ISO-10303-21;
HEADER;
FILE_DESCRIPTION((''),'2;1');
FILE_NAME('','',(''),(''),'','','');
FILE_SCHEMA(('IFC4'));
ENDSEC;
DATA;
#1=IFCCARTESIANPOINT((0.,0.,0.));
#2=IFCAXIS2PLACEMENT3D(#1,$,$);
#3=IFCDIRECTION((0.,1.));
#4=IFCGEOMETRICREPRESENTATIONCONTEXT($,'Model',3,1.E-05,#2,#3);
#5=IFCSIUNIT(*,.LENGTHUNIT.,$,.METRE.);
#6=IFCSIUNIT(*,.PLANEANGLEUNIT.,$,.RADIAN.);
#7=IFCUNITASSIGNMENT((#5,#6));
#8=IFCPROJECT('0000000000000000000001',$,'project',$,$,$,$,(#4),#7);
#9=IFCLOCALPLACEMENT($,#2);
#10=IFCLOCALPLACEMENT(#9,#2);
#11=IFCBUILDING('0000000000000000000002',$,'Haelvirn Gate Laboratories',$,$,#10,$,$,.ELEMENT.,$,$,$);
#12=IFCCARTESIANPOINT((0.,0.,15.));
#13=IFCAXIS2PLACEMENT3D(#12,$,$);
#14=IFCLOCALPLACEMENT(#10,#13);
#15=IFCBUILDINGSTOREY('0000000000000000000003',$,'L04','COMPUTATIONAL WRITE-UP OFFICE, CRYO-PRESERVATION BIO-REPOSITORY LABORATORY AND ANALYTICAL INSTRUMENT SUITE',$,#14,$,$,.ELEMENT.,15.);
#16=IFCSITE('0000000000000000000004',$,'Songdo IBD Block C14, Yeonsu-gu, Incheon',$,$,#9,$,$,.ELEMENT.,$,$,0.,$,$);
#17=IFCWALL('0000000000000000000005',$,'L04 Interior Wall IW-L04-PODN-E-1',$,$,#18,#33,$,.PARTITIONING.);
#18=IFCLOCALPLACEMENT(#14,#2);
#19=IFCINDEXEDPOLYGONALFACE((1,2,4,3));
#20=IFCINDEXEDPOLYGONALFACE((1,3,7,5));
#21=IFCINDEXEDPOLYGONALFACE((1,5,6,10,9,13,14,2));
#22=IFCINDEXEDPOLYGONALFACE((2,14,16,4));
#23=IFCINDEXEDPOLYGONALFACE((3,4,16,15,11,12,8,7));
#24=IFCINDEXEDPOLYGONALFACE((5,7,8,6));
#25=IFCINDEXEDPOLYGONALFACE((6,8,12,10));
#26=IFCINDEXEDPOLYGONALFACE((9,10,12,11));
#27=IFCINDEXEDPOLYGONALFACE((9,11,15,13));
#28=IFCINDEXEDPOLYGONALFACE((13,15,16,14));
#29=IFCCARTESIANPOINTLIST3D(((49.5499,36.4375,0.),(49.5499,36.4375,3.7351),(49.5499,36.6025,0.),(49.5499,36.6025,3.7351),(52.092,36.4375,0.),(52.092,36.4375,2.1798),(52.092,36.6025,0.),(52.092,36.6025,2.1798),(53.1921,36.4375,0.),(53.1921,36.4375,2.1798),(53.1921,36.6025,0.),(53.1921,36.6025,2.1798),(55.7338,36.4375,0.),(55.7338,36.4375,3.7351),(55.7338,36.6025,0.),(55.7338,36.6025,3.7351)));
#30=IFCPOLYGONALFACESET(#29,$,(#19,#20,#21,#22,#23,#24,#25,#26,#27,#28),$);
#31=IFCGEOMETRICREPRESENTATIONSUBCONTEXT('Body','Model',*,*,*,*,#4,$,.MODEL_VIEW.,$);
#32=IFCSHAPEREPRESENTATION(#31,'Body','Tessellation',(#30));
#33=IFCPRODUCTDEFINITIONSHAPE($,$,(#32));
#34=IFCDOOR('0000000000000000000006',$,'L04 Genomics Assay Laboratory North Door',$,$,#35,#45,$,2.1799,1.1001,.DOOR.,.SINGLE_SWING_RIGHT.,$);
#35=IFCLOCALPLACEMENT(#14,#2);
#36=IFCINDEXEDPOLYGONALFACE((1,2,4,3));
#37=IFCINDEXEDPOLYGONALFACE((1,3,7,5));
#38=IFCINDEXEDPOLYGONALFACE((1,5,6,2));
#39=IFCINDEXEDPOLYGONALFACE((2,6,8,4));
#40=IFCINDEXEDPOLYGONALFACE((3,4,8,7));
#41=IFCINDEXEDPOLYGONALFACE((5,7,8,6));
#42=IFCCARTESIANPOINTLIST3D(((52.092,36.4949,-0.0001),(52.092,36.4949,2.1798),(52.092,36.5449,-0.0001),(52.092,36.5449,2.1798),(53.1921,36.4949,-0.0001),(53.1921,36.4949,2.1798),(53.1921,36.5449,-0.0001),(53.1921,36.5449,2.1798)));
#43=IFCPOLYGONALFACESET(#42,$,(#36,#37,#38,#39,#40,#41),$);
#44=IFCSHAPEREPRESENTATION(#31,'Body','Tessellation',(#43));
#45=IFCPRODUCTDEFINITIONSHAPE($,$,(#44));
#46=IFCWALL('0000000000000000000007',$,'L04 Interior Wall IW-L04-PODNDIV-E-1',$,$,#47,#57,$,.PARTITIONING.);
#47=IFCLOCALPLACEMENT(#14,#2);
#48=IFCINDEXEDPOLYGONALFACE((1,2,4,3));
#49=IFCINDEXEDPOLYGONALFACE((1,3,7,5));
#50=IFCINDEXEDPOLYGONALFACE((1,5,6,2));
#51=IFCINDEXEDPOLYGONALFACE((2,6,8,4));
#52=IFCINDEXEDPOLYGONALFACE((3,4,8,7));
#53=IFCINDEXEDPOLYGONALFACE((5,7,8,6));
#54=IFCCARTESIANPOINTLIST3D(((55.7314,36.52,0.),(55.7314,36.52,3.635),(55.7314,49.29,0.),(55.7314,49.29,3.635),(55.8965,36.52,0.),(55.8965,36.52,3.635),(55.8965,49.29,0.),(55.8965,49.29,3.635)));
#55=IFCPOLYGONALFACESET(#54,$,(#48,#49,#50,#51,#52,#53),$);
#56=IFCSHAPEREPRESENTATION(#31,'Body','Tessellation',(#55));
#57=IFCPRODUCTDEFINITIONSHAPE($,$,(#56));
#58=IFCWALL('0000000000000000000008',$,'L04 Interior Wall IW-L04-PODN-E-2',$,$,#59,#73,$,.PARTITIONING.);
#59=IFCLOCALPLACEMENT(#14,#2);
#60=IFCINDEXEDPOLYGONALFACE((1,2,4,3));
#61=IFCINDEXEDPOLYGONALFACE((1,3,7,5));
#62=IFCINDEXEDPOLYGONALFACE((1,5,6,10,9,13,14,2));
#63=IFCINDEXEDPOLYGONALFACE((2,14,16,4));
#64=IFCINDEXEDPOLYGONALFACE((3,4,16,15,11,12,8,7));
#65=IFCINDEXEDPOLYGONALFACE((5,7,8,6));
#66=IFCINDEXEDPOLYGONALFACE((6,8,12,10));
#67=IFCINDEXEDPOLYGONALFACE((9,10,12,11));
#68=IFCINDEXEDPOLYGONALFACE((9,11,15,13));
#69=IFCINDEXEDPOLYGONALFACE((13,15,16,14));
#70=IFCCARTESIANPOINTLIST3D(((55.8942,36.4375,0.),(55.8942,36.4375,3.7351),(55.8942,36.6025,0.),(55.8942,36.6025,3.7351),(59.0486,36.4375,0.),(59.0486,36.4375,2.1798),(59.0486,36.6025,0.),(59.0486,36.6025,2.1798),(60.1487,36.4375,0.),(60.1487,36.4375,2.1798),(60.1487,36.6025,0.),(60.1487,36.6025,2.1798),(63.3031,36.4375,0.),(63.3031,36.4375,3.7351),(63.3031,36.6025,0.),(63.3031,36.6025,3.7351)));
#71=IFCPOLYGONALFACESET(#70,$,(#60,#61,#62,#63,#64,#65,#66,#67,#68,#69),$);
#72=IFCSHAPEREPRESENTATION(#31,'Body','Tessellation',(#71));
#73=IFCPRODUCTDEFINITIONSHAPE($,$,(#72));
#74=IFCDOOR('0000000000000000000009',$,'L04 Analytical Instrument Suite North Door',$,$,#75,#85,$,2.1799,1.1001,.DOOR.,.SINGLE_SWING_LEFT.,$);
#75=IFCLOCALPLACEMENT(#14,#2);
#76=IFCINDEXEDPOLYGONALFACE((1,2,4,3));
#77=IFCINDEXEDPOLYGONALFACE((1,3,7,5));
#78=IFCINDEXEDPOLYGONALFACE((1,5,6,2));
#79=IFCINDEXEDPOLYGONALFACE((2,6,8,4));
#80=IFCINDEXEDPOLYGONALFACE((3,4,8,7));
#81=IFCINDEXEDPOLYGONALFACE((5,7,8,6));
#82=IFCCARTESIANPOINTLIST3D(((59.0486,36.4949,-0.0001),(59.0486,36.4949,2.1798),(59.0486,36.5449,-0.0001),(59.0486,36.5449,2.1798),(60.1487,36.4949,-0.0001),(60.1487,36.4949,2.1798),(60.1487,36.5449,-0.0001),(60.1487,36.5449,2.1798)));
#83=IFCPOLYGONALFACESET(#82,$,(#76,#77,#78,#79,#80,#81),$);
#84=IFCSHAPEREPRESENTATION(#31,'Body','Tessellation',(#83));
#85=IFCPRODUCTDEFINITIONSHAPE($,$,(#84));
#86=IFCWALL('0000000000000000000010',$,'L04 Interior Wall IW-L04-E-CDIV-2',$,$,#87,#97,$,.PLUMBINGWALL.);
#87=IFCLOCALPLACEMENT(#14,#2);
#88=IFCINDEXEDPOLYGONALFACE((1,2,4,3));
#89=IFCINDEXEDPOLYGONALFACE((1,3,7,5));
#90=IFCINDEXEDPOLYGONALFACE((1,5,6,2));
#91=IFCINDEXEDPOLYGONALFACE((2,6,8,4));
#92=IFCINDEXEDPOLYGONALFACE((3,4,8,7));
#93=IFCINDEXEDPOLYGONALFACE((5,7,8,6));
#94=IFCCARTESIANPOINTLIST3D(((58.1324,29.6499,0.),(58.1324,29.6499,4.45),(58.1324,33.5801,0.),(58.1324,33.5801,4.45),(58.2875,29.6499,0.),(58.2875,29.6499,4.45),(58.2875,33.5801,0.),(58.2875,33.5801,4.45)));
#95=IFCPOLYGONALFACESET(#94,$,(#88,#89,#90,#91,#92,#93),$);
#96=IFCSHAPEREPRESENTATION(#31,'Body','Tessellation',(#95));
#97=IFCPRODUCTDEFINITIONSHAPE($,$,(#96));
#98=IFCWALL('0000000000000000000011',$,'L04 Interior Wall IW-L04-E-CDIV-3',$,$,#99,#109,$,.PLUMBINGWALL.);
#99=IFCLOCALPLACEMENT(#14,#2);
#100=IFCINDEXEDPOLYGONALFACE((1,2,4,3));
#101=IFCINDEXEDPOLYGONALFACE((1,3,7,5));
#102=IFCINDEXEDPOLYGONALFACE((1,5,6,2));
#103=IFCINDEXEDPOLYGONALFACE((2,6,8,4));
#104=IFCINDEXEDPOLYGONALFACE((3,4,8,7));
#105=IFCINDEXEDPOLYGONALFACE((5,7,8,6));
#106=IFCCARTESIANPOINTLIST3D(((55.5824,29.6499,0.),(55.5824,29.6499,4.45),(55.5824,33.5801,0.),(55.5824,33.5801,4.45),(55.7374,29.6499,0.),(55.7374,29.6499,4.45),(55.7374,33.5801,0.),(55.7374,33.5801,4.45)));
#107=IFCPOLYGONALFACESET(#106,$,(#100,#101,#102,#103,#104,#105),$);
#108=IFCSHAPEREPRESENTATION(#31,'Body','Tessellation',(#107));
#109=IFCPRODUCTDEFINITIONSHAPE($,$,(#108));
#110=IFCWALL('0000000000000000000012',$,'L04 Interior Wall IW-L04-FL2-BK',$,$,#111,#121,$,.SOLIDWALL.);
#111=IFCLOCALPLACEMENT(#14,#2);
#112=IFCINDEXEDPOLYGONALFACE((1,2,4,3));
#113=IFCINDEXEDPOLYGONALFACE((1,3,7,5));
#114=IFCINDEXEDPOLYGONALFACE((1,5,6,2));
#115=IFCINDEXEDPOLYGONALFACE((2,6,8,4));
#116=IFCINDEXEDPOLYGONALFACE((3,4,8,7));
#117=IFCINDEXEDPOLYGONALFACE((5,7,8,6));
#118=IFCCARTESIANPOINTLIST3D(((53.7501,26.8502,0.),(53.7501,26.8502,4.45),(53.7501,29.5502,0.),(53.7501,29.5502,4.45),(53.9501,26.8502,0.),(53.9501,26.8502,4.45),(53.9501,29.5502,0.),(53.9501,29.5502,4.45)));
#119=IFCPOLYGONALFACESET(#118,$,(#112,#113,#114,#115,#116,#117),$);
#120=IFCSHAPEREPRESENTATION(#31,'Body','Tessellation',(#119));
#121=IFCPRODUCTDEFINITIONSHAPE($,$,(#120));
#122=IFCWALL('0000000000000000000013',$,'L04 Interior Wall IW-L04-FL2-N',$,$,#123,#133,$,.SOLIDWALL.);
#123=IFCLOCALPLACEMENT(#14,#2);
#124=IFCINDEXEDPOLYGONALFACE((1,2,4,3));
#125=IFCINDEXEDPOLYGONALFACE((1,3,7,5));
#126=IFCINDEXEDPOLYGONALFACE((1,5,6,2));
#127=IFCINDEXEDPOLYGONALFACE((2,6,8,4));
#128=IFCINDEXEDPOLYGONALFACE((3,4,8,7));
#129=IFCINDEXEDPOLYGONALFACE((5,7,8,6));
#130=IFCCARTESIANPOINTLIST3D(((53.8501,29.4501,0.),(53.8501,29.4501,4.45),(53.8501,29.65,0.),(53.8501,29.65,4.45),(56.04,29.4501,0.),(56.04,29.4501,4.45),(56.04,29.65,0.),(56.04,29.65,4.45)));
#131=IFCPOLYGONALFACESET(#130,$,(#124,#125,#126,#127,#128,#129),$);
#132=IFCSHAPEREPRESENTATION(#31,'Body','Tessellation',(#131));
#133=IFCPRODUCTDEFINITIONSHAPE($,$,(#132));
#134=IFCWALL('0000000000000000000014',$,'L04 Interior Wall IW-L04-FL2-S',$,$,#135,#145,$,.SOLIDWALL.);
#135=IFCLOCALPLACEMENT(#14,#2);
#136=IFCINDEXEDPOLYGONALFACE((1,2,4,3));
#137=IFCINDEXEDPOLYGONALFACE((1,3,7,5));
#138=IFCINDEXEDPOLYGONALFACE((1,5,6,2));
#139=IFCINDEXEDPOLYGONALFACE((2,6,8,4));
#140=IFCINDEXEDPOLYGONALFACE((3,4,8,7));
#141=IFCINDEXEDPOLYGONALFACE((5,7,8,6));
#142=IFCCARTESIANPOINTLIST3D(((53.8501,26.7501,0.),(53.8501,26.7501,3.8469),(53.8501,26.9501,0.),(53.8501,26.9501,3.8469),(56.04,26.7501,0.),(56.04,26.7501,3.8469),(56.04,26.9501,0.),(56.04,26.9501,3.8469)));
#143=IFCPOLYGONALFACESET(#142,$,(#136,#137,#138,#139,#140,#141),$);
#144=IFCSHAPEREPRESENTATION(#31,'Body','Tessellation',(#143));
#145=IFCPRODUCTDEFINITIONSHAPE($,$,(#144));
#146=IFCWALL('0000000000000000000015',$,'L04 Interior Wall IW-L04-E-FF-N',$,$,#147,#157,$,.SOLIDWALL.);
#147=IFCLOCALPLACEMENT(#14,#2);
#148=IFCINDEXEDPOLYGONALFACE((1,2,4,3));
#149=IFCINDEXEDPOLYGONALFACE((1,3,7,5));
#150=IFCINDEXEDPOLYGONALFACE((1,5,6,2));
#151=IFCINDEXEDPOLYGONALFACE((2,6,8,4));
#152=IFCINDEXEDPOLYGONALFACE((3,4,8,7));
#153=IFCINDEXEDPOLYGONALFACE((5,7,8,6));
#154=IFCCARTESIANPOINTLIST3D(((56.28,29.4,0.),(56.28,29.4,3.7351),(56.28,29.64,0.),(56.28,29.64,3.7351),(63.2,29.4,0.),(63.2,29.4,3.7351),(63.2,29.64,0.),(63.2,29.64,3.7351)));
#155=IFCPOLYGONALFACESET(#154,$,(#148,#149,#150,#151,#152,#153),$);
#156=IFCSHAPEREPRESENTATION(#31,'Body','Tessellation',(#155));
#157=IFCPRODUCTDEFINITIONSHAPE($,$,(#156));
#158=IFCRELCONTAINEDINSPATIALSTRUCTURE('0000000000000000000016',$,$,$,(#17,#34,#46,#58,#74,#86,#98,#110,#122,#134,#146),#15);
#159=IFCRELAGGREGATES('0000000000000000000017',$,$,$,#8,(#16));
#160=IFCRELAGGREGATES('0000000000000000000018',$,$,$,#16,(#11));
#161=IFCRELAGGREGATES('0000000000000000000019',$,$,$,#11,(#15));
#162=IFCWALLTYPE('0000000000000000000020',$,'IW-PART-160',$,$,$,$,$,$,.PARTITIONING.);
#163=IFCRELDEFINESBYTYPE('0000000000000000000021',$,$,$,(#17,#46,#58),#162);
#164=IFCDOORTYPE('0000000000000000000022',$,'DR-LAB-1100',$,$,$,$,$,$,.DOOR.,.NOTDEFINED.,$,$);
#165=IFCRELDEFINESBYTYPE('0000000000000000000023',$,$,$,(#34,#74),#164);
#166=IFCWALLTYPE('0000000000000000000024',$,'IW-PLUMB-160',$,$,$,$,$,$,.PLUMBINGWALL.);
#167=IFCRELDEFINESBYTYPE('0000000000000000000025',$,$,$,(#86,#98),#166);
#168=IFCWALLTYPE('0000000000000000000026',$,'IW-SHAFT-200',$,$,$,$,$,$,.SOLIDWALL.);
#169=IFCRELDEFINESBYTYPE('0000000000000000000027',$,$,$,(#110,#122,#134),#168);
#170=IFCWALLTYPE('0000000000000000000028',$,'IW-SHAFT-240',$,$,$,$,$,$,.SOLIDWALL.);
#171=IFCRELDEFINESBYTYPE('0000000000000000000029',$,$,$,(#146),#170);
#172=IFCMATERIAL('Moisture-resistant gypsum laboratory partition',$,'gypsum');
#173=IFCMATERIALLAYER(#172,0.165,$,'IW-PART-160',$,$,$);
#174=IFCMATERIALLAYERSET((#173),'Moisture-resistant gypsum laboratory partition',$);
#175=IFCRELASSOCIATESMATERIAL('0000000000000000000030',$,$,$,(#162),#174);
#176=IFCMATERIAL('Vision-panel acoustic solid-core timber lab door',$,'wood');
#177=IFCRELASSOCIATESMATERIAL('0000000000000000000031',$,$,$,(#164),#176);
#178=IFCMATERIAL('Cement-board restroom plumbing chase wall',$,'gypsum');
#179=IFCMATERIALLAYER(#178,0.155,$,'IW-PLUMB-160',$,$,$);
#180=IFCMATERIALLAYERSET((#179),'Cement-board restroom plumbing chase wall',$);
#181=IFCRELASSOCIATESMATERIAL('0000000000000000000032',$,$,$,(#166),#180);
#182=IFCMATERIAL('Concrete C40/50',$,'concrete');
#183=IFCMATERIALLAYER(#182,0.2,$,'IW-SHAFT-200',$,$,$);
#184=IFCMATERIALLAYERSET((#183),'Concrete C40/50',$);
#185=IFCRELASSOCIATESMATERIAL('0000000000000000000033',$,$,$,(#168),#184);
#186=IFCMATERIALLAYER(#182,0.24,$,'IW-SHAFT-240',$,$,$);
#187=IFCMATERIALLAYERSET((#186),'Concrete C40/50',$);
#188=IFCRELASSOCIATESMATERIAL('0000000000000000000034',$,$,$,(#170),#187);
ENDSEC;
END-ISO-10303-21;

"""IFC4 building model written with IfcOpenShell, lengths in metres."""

from ifc_helpers import new_model, si_unit, direction, frame, frame_2d, origin, place, context, subcontext, project, spatial, rectangle, extrude, source, transform, mapped, material, layer, layer_set, type_object, type_shapes, element, fill, save


model = new_model("IFC4")

# Units and contexts
model_context = context("Model", 3, precision=1e-05, world=origin(), true_north=direction((0.0, 1.0)))
body_context = subcontext(model_context, "Body", "Model", "MODEL_VIEW")
ifc_project = project(units=[si_unit("LENGTHUNIT", "METRE"), si_unit("PLANEANGLEUNIT", "RADIAN")], contexts=[model_context])

# Site, building, storey
site_placement = place(None, origin())
site = spatial("IfcSite", under=ifc_project, at=site_placement, Name="Songdo IBD Block C14, Yeonsu-gu, Incheon", CompositionType="ELEMENT", RefElevation=0.0)
building_placement = place(site_placement, origin())
building = spatial("IfcBuilding", under=site, at=building_placement, Name="Haelvirn Gate Laboratories", CompositionType="ELEMENT")
storey_placement = place(building_placement, frame((0.0, 0.0, 15.0)))
storey = spatial("IfcBuildingStorey", under=building, at=storey_placement, Name="L04", Description="COMPUTATIONAL WRITE-UP OFFICE, CRYO-PRESERVATION BIO-REPOSITORY LABORATORY AND ANALYTICAL INSTRUMENT SUITE", CompositionType="ELEMENT", Elevation=15.0)

# Wall, opening, door
ifc_material_1 = material(Name="Moisture-resistant gypsum laboratory partition", Category="gypsum")
ifc_layer_1 = layer(ifc_material_1, 0.165, Name="IW-PART-160")
ifc_layer_set_1 = layer_set([ifc_layer_1], Name="Moisture-resistant gypsum laboratory partition")
wall_type_1 = type_object("IfcWallType", Name="IW-PART-160", PredefinedType="PARTITIONING", material=ifc_layer_set_1)
wall_1_placement = place(storey_placement, frame((49.55, 36.52, 0.0), z_axis=(0.0, 0.0, 1.0), x_axis=(1.0, 0.0, 0.0)))
wall_1 = element("IfcWall", 1, at=wall_1_placement, inside=storey, type_object=wall_type_1, Name="L04 Interior Wall IW-L04-PODN-E-1", PredefinedType="PARTITIONING", context=body_context, shape_type="SweptSolid", body=[
    extrude(rectangle(XDim=6.1838, YDim=0.165, at=frame_2d((3.0918, 0.0))), origin(), (0.0, 0.0, 1.0), 3.7351),
])
opening_1_placement = place(wall_1_placement, frame((2.542, 0.0, 0.0)))
opening_1 = element("IfcOpeningElement", 2, at=opening_1_placement, cuts=wall_1, PredefinedType="OPENING", context=body_context, shape_type="SweptSolid", body=[
    extrude(rectangle(XDim=1.1001, YDim=2.1799, at=frame_2d((0.55, 1.0898))), frame((0.0, 0.0925, 0.0), z_axis=(0.0, -1.0, 0.0), x_axis=(1.0, 0.0, 0.0)), (0.0, 0.0, 1.0), 0.1851),
])
ifc_material_2 = material(Name="Vision-panel acoustic solid-core timber lab door", Category="wood")
door_type_1 = type_object("IfcDoorType", Name="DR-LAB-1100", OperationType="NOTDEFINED", PredefinedType="DOOR", material=ifc_material_2)
shared_shape_1 = source(origin(), body_context, "Body", "SweptSolid", [
    extrude(rectangle(XDim=1.1001, YDim=2.1799, at=frame_2d((0.55, 1.0898))), frame((0.0, 0.0249, 0.0), z_axis=(0.0, -1.0, 0.0), x_axis=(1.0, 0.0, 0.0)), (0.0, 0.0, 1.0), 0.05),
])
type_shapes(door_type_1, [shared_shape_1])
door_1_placement = place(opening_1_placement, origin())
door_1 = element("IfcDoor", 3, at=door_1_placement, inside=storey, type_object=door_type_1, Name="L04 Genomics Assay Laboratory North Door", OperationType="SINGLE_SWING_RIGHT", OverallHeight=2.1799, OverallWidth=1.1001, PredefinedType="DOOR", context=body_context, shape_type="MappedRepresentation", body=[
    mapped(shared_shape_1, transform((0.0, 0.0, 0.0), scale=1.0)),
])
fill(opening_1, door_1)

# Wall
wall_2_placement = place(storey_placement, frame((55.814, 36.52, 0.0), z_axis=(0.0, 0.0, 1.0), x_axis=(0.0, 1.0, 0.0)))
element("IfcWall", 4, at=wall_2_placement, inside=storey, type_object=wall_type_1, Name="L04 Interior Wall IW-L04-PODNDIV-E-1", PredefinedType="PARTITIONING", context=body_context, shape_type="SweptSolid", body=[
    extrude(rectangle(XDim=12.77, YDim=0.165, at=frame_2d((6.385, 0.0))), origin(), (0.0, 0.0, 1.0), 3.635),
])

# Wall, opening, door
wall_3_placement = place(storey_placement, frame((55.894, 36.52, 0.0), z_axis=(0.0, 0.0, 1.0), x_axis=(1.0, 0.0, 0.0)))
wall_3 = element("IfcWall", 5, at=wall_3_placement, inside=storey, type_object=wall_type_1, Name="L04 Interior Wall IW-L04-PODN-E-2", PredefinedType="PARTITIONING", context=body_context, shape_type="SweptSolid", body=[
    extrude(rectangle(XDim=7.4089, YDim=0.165, at=frame_2d((3.7046, 0.0))), origin(), (0.0, 0.0, 1.0), 3.7351),
])
opening_2_placement = place(wall_3_placement, frame((3.1545, 0.0, 0.0)))
opening_2 = element("IfcOpeningElement", 6, at=opening_2_placement, cuts=wall_3, PredefinedType="OPENING", context=body_context, shape_type="SweptSolid", body=[
    extrude(rectangle(XDim=1.1001, YDim=2.1799, at=frame_2d((0.55, 1.0898))), frame((0.0, 0.0925, 0.0), z_axis=(0.0, -1.0, 0.0), x_axis=(1.0, 0.0, 0.0)), (0.0, 0.0, 1.0), 0.1851),
])
door_2_placement = place(opening_2_placement, origin())
door_2 = element("IfcDoor", 7, at=door_2_placement, inside=storey, type_object=door_type_1, Name="L04 Analytical Instrument Suite North Door", OperationType="SINGLE_SWING_LEFT", OverallHeight=2.1799, OverallWidth=1.1001, PredefinedType="DOOR", context=body_context, shape_type="MappedRepresentation", body=[
    mapped(shared_shape_1, transform((0.0, 0.0, 0.0), scale=1.0)),
])
fill(opening_2, door_2)

# Walls
ifc_material_3 = material(Name="Cement-board restroom plumbing chase wall", Category="gypsum")
ifc_layer_2 = layer(ifc_material_3, 0.155, Name="IW-PLUMB-160")
ifc_layer_set_2 = layer_set([ifc_layer_2], Name="Cement-board restroom plumbing chase wall")
wall_type_2 = type_object("IfcWallType", Name="IW-PLUMB-160", PredefinedType="PLUMBINGWALL", material=ifc_layer_set_2)
for number, where, z_axis, x_axis, name in (
    (8, (58.21, 29.6499, 0.0), (0.0, 0.0, 1.0), (0.0, 1.0, 0.0), "L04 Interior Wall IW-L04-E-CDIV-2"),
    (9, (55.6599, 29.6499, 0.0), (0.0, 0.0, 1.0), (0.0, 1.0, 0.0), "L04 Interior Wall IW-L04-E-CDIV-3"),
):
    element("IfcWall", number, at=place(storey_placement, frame(where, z_axis=z_axis, x_axis=x_axis)), inside=storey, type_object=wall_type_2, Name=name, PredefinedType="PLUMBINGWALL", context=body_context, shape_type="SweptSolid", body=[
        extrude(rectangle(XDim=3.9302, YDim=0.155, at=frame_2d((1.9651, 0.0))), origin(), (0.0, 0.0, 1.0), 4.45),
    ])
ifc_material_4 = material(Name="Concrete C40/50", Category="concrete")
ifc_layer_3 = layer(ifc_material_4, 0.2, Name="IW-SHAFT-200")
ifc_layer_set_3 = layer_set([ifc_layer_3], Name="Concrete C40/50")
wall_type_3 = type_object("IfcWallType", Name="IW-SHAFT-200", PredefinedType="SOLIDWALL", material=ifc_layer_set_3)
wall_4_placement = place(storey_placement, frame((53.8501, 26.8501, 0.0), z_axis=(0.0, 0.0, 1.0), x_axis=(0.0, 1.0, 0.0)))
element("IfcWall", 10, at=wall_4_placement, inside=storey, type_object=wall_type_3, Name="L04 Interior Wall IW-L04-FL2-BK", PredefinedType="SOLIDWALL", context=body_context, shape_type="SweptSolid", body=[
    extrude(rectangle(XDim=2.7, YDim=0.2, at=frame_2d((1.3501, 0.0))), origin(), (0.0, 0.0, 1.0), 4.45),
])
wall_5_placement = place(storey_placement, frame((53.8501, 29.55, 0.0), z_axis=(0.0, 0.0, 1.0), x_axis=(1.0, 0.0, 0.0)))
element("IfcWall", 11, at=wall_5_placement, inside=storey, type_object=wall_type_3, Name="L04 Interior Wall IW-L04-FL2-N", PredefinedType="SOLIDWALL", context=body_context, shape_type="SweptSolid", body=[
    extrude(rectangle(XDim=2.1899, YDim=0.2, at=frame_2d((1.095, 0.0))), origin(), (0.0, 0.0, 1.0), 4.45),
])
wall_6_placement = place(storey_placement, frame((53.8501, 26.8501, 0.0), z_axis=(0.0, 0.0, 1.0), x_axis=(1.0, 0.0, 0.0)))
element("IfcWall", 12, at=wall_6_placement, inside=storey, type_object=wall_type_3, Name="L04 Interior Wall IW-L04-FL2-S", PredefinedType="SOLIDWALL", context=body_context, shape_type="SweptSolid", body=[
    extrude(rectangle(XDim=2.1899, YDim=0.2, at=frame_2d((1.095, 0.0))), origin(), (0.0, 0.0, 1.0), 3.8469),
])
ifc_layer_4 = layer(ifc_material_4, 0.24, Name="IW-SHAFT-240")
ifc_layer_set_4 = layer_set([ifc_layer_4], Name="Concrete C40/50")
wall_type_4 = type_object("IfcWallType", Name="IW-SHAFT-240", PredefinedType="SOLIDWALL", material=ifc_layer_set_4)
wall_7_placement = place(storey_placement, frame((56.28, 29.52, 0.0), z_axis=(0.0, 0.0, 1.0), x_axis=(1.0, 0.0, 0.0)))
element("IfcWall", 13, at=wall_7_placement, inside=storey, type_object=wall_type_4, Name="L04 Interior Wall IW-L04-E-FF-N", PredefinedType="SOLIDWALL", context=body_context, shape_type="SweptSolid", body=[
    extrude(rectangle(XDim=6.9199, YDim=0.24, at=frame_2d((3.46, 0.0))), origin(), (0.0, 0.0, 1.0), 3.7351),
])

save(model, "model.ifc")
